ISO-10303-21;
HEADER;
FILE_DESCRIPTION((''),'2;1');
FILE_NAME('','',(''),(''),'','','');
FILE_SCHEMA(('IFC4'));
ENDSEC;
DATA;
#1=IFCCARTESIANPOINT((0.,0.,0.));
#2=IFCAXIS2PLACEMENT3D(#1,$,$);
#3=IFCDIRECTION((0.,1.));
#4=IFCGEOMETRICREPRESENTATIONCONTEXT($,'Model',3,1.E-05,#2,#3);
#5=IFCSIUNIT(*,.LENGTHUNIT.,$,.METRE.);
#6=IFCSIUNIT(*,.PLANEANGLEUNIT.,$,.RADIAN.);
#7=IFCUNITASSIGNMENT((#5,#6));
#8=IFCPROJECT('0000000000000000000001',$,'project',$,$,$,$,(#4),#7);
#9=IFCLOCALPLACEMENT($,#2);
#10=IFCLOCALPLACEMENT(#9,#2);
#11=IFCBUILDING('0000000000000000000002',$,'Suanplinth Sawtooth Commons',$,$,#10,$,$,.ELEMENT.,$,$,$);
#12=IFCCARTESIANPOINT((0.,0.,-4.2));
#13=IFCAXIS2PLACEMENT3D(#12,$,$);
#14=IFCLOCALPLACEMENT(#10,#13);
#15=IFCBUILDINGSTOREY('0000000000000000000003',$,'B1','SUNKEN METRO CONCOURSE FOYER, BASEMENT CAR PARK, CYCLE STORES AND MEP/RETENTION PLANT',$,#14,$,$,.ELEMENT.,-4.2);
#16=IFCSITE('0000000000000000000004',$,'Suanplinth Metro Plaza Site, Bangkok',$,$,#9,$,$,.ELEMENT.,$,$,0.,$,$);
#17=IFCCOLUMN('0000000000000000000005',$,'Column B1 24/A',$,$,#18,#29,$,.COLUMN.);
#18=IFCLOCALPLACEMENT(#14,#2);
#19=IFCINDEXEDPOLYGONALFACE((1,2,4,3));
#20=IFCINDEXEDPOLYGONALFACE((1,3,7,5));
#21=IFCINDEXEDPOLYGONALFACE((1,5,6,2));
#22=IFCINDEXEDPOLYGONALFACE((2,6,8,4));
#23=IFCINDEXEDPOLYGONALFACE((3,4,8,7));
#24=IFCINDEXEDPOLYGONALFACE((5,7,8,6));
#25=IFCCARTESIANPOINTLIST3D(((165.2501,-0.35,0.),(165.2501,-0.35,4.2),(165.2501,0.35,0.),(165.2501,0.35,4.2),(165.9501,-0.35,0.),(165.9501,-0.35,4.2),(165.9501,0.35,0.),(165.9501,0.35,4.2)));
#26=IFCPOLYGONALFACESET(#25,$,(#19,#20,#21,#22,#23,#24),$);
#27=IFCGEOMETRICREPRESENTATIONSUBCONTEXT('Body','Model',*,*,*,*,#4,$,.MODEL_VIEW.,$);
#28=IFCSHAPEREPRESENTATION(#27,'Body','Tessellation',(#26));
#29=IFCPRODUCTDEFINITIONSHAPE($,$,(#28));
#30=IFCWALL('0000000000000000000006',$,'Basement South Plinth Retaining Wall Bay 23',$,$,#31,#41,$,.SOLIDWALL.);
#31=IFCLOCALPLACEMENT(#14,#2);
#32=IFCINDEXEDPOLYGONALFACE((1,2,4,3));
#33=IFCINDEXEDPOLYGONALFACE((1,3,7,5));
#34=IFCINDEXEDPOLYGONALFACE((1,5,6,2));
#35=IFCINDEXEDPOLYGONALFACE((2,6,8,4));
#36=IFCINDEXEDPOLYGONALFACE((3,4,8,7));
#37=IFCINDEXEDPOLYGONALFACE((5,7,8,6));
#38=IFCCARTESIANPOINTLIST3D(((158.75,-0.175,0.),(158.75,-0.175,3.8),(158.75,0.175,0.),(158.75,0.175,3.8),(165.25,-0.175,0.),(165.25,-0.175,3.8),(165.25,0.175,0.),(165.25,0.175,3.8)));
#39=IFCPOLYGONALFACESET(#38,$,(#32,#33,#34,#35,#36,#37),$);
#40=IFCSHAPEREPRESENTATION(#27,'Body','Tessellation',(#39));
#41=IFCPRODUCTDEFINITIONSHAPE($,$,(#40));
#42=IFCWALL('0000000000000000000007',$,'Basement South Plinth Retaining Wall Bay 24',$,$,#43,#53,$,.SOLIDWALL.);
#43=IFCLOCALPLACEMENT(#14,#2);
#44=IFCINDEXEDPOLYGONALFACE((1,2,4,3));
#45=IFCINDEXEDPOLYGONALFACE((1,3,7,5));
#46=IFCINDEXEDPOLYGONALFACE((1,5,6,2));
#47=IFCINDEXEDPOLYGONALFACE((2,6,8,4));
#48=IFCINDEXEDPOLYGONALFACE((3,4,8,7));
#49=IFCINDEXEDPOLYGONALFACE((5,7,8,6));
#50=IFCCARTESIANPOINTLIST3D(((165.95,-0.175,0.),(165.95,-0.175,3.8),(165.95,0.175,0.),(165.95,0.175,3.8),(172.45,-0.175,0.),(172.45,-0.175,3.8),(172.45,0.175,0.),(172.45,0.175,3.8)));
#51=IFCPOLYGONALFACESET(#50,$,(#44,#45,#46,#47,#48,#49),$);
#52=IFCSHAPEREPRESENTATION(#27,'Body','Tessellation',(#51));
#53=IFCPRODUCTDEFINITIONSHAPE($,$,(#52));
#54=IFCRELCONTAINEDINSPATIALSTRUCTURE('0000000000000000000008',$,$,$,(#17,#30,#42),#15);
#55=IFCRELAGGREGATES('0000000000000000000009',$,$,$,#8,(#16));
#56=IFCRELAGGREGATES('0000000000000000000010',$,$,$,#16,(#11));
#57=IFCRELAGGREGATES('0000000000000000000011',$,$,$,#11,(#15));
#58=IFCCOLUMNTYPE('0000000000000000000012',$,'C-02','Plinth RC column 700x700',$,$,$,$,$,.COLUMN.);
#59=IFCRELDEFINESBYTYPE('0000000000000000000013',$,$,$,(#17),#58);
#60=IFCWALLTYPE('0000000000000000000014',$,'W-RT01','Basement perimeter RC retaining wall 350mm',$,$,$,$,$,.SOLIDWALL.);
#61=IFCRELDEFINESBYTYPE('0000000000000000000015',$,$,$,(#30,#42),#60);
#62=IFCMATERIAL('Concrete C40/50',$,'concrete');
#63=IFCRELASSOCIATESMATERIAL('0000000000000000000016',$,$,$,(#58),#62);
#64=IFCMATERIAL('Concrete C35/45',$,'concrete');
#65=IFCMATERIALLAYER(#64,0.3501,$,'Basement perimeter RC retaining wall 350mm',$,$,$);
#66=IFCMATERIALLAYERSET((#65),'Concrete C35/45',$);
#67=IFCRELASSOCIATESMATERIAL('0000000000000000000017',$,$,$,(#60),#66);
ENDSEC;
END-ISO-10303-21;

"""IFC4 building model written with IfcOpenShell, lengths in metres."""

from ifc_helpers import new_model, si_unit, direction, frame, frame_2d, origin, origin_2d, place, context, subcontext, project, spatial, rectangle, extrude, material, layer, layer_set, material_profile, profile_set, type_object, element, save


model = new_model("IFC4")

# Units and contexts
model_context = context("Model", 3, precision=1e-05, world=origin(), true_north=direction((0.0, 1.0)))
body_context = subcontext(model_context, "Body", "Model", "MODEL_VIEW")
ifc_project = project(units=[si_unit("LENGTHUNIT", "METRE"), si_unit("PLANEANGLEUNIT", "RADIAN")], contexts=[model_context])

# Site, building, storey
site_placement = place(None, origin())
site = spatial("IfcSite", under=ifc_project, at=site_placement, Name="Suanplinth Metro Plaza Site, Bangkok", CompositionType="ELEMENT", RefElevation=0.0)
building_placement = place(site_placement, origin())
building = spatial("IfcBuilding", under=site, at=building_placement, Name="Suanplinth Sawtooth Commons", CompositionType="ELEMENT")
storey_placement = place(building_placement, frame((0.0, 0.0, -4.2)))
storey = spatial("IfcBuildingStorey", under=building, at=storey_placement, Name="B1", Description="SUNKEN METRO CONCOURSE FOYER, BASEMENT CAR PARK, CYCLE STORES AND MEP/RETENTION PLANT", CompositionType="ELEMENT", Elevation=-4.2)

# Shared definitions
ifc_material_1 = material(Name="Concrete C35/45", Category="concrete")

# Column
ifc_material_2 = material(Name="Concrete C40/50", Category="concrete")
ifc_material_profile_1 = material_profile(ifc_material_2, rectangle(XDim=0.7, YDim=0.7, at=origin_2d()), Name="RC-COL 700x700")
ifc_profile_set_1 = profile_set([ifc_material_profile_1], Name="Concrete C40/50")
column_type = type_object("IfcColumnType", Name="C-02", Description="Plinth RC column 700x700", PredefinedType="COLUMN", material=ifc_profile_set_1)
for number, where, z_axis, x_axis, name in (
    (1, (165.6001, 0.0, 0.0), (0.0, 0.0, 1.0), (1.0, 0.0, 0.0), "Column B1 24/A"),
):
    element("IfcColumn", number, at=place(storey_placement, frame(where, z_axis=z_axis, x_axis=x_axis)), inside=storey, type_object=column_type, Name=name, PredefinedType="COLUMN", context=body_context, shape_type="SweptSolid", body=[
        extrude(rectangle(XDim=0.7, YDim=0.7, at=origin_2d()), origin(), (0.0, 0.0, 1.0), 4.2),
    ])

# Walls
ifc_layer = layer(ifc_material_1, 0.3501, Name="Basement perimeter RC retaining wall 350mm")
ifc_layer_set = layer_set([ifc_layer], Name="Concrete C35/45")
wall_type = type_object("IfcWallType", Name="W-RT01", Description="Basement perimeter RC retaining wall 350mm", PredefinedType="SOLIDWALL", material=ifc_layer_set)
for number, where, z_axis, x_axis, name in (
    (2, (158.75, 0.0, 0.0), (0.0, 0.0, 1.0), (1.0, 0.0, 0.0), "Basement South Plinth Retaining Wall Bay 23"),
    (3, (165.95, 0.0, 0.0), (0.0, 0.0, 1.0), (1.0, 0.0, 0.0), "Basement South Plinth Retaining Wall Bay 24"),
):
    element("IfcWall", number, at=place(storey_placement, frame(where, z_axis=z_axis, x_axis=x_axis)), inside=storey, type_object=wall_type, Name=name, PredefinedType="SOLIDWALL", context=body_context, shape_type="SweptSolid", body=[
        extrude(rectangle(XDim=6.5, YDim=0.3501, at=frame_2d((3.25, 0.0))), origin(), (0.0, 0.0, 1.0), 3.8),
    ])

save(model, "model.ifc")
